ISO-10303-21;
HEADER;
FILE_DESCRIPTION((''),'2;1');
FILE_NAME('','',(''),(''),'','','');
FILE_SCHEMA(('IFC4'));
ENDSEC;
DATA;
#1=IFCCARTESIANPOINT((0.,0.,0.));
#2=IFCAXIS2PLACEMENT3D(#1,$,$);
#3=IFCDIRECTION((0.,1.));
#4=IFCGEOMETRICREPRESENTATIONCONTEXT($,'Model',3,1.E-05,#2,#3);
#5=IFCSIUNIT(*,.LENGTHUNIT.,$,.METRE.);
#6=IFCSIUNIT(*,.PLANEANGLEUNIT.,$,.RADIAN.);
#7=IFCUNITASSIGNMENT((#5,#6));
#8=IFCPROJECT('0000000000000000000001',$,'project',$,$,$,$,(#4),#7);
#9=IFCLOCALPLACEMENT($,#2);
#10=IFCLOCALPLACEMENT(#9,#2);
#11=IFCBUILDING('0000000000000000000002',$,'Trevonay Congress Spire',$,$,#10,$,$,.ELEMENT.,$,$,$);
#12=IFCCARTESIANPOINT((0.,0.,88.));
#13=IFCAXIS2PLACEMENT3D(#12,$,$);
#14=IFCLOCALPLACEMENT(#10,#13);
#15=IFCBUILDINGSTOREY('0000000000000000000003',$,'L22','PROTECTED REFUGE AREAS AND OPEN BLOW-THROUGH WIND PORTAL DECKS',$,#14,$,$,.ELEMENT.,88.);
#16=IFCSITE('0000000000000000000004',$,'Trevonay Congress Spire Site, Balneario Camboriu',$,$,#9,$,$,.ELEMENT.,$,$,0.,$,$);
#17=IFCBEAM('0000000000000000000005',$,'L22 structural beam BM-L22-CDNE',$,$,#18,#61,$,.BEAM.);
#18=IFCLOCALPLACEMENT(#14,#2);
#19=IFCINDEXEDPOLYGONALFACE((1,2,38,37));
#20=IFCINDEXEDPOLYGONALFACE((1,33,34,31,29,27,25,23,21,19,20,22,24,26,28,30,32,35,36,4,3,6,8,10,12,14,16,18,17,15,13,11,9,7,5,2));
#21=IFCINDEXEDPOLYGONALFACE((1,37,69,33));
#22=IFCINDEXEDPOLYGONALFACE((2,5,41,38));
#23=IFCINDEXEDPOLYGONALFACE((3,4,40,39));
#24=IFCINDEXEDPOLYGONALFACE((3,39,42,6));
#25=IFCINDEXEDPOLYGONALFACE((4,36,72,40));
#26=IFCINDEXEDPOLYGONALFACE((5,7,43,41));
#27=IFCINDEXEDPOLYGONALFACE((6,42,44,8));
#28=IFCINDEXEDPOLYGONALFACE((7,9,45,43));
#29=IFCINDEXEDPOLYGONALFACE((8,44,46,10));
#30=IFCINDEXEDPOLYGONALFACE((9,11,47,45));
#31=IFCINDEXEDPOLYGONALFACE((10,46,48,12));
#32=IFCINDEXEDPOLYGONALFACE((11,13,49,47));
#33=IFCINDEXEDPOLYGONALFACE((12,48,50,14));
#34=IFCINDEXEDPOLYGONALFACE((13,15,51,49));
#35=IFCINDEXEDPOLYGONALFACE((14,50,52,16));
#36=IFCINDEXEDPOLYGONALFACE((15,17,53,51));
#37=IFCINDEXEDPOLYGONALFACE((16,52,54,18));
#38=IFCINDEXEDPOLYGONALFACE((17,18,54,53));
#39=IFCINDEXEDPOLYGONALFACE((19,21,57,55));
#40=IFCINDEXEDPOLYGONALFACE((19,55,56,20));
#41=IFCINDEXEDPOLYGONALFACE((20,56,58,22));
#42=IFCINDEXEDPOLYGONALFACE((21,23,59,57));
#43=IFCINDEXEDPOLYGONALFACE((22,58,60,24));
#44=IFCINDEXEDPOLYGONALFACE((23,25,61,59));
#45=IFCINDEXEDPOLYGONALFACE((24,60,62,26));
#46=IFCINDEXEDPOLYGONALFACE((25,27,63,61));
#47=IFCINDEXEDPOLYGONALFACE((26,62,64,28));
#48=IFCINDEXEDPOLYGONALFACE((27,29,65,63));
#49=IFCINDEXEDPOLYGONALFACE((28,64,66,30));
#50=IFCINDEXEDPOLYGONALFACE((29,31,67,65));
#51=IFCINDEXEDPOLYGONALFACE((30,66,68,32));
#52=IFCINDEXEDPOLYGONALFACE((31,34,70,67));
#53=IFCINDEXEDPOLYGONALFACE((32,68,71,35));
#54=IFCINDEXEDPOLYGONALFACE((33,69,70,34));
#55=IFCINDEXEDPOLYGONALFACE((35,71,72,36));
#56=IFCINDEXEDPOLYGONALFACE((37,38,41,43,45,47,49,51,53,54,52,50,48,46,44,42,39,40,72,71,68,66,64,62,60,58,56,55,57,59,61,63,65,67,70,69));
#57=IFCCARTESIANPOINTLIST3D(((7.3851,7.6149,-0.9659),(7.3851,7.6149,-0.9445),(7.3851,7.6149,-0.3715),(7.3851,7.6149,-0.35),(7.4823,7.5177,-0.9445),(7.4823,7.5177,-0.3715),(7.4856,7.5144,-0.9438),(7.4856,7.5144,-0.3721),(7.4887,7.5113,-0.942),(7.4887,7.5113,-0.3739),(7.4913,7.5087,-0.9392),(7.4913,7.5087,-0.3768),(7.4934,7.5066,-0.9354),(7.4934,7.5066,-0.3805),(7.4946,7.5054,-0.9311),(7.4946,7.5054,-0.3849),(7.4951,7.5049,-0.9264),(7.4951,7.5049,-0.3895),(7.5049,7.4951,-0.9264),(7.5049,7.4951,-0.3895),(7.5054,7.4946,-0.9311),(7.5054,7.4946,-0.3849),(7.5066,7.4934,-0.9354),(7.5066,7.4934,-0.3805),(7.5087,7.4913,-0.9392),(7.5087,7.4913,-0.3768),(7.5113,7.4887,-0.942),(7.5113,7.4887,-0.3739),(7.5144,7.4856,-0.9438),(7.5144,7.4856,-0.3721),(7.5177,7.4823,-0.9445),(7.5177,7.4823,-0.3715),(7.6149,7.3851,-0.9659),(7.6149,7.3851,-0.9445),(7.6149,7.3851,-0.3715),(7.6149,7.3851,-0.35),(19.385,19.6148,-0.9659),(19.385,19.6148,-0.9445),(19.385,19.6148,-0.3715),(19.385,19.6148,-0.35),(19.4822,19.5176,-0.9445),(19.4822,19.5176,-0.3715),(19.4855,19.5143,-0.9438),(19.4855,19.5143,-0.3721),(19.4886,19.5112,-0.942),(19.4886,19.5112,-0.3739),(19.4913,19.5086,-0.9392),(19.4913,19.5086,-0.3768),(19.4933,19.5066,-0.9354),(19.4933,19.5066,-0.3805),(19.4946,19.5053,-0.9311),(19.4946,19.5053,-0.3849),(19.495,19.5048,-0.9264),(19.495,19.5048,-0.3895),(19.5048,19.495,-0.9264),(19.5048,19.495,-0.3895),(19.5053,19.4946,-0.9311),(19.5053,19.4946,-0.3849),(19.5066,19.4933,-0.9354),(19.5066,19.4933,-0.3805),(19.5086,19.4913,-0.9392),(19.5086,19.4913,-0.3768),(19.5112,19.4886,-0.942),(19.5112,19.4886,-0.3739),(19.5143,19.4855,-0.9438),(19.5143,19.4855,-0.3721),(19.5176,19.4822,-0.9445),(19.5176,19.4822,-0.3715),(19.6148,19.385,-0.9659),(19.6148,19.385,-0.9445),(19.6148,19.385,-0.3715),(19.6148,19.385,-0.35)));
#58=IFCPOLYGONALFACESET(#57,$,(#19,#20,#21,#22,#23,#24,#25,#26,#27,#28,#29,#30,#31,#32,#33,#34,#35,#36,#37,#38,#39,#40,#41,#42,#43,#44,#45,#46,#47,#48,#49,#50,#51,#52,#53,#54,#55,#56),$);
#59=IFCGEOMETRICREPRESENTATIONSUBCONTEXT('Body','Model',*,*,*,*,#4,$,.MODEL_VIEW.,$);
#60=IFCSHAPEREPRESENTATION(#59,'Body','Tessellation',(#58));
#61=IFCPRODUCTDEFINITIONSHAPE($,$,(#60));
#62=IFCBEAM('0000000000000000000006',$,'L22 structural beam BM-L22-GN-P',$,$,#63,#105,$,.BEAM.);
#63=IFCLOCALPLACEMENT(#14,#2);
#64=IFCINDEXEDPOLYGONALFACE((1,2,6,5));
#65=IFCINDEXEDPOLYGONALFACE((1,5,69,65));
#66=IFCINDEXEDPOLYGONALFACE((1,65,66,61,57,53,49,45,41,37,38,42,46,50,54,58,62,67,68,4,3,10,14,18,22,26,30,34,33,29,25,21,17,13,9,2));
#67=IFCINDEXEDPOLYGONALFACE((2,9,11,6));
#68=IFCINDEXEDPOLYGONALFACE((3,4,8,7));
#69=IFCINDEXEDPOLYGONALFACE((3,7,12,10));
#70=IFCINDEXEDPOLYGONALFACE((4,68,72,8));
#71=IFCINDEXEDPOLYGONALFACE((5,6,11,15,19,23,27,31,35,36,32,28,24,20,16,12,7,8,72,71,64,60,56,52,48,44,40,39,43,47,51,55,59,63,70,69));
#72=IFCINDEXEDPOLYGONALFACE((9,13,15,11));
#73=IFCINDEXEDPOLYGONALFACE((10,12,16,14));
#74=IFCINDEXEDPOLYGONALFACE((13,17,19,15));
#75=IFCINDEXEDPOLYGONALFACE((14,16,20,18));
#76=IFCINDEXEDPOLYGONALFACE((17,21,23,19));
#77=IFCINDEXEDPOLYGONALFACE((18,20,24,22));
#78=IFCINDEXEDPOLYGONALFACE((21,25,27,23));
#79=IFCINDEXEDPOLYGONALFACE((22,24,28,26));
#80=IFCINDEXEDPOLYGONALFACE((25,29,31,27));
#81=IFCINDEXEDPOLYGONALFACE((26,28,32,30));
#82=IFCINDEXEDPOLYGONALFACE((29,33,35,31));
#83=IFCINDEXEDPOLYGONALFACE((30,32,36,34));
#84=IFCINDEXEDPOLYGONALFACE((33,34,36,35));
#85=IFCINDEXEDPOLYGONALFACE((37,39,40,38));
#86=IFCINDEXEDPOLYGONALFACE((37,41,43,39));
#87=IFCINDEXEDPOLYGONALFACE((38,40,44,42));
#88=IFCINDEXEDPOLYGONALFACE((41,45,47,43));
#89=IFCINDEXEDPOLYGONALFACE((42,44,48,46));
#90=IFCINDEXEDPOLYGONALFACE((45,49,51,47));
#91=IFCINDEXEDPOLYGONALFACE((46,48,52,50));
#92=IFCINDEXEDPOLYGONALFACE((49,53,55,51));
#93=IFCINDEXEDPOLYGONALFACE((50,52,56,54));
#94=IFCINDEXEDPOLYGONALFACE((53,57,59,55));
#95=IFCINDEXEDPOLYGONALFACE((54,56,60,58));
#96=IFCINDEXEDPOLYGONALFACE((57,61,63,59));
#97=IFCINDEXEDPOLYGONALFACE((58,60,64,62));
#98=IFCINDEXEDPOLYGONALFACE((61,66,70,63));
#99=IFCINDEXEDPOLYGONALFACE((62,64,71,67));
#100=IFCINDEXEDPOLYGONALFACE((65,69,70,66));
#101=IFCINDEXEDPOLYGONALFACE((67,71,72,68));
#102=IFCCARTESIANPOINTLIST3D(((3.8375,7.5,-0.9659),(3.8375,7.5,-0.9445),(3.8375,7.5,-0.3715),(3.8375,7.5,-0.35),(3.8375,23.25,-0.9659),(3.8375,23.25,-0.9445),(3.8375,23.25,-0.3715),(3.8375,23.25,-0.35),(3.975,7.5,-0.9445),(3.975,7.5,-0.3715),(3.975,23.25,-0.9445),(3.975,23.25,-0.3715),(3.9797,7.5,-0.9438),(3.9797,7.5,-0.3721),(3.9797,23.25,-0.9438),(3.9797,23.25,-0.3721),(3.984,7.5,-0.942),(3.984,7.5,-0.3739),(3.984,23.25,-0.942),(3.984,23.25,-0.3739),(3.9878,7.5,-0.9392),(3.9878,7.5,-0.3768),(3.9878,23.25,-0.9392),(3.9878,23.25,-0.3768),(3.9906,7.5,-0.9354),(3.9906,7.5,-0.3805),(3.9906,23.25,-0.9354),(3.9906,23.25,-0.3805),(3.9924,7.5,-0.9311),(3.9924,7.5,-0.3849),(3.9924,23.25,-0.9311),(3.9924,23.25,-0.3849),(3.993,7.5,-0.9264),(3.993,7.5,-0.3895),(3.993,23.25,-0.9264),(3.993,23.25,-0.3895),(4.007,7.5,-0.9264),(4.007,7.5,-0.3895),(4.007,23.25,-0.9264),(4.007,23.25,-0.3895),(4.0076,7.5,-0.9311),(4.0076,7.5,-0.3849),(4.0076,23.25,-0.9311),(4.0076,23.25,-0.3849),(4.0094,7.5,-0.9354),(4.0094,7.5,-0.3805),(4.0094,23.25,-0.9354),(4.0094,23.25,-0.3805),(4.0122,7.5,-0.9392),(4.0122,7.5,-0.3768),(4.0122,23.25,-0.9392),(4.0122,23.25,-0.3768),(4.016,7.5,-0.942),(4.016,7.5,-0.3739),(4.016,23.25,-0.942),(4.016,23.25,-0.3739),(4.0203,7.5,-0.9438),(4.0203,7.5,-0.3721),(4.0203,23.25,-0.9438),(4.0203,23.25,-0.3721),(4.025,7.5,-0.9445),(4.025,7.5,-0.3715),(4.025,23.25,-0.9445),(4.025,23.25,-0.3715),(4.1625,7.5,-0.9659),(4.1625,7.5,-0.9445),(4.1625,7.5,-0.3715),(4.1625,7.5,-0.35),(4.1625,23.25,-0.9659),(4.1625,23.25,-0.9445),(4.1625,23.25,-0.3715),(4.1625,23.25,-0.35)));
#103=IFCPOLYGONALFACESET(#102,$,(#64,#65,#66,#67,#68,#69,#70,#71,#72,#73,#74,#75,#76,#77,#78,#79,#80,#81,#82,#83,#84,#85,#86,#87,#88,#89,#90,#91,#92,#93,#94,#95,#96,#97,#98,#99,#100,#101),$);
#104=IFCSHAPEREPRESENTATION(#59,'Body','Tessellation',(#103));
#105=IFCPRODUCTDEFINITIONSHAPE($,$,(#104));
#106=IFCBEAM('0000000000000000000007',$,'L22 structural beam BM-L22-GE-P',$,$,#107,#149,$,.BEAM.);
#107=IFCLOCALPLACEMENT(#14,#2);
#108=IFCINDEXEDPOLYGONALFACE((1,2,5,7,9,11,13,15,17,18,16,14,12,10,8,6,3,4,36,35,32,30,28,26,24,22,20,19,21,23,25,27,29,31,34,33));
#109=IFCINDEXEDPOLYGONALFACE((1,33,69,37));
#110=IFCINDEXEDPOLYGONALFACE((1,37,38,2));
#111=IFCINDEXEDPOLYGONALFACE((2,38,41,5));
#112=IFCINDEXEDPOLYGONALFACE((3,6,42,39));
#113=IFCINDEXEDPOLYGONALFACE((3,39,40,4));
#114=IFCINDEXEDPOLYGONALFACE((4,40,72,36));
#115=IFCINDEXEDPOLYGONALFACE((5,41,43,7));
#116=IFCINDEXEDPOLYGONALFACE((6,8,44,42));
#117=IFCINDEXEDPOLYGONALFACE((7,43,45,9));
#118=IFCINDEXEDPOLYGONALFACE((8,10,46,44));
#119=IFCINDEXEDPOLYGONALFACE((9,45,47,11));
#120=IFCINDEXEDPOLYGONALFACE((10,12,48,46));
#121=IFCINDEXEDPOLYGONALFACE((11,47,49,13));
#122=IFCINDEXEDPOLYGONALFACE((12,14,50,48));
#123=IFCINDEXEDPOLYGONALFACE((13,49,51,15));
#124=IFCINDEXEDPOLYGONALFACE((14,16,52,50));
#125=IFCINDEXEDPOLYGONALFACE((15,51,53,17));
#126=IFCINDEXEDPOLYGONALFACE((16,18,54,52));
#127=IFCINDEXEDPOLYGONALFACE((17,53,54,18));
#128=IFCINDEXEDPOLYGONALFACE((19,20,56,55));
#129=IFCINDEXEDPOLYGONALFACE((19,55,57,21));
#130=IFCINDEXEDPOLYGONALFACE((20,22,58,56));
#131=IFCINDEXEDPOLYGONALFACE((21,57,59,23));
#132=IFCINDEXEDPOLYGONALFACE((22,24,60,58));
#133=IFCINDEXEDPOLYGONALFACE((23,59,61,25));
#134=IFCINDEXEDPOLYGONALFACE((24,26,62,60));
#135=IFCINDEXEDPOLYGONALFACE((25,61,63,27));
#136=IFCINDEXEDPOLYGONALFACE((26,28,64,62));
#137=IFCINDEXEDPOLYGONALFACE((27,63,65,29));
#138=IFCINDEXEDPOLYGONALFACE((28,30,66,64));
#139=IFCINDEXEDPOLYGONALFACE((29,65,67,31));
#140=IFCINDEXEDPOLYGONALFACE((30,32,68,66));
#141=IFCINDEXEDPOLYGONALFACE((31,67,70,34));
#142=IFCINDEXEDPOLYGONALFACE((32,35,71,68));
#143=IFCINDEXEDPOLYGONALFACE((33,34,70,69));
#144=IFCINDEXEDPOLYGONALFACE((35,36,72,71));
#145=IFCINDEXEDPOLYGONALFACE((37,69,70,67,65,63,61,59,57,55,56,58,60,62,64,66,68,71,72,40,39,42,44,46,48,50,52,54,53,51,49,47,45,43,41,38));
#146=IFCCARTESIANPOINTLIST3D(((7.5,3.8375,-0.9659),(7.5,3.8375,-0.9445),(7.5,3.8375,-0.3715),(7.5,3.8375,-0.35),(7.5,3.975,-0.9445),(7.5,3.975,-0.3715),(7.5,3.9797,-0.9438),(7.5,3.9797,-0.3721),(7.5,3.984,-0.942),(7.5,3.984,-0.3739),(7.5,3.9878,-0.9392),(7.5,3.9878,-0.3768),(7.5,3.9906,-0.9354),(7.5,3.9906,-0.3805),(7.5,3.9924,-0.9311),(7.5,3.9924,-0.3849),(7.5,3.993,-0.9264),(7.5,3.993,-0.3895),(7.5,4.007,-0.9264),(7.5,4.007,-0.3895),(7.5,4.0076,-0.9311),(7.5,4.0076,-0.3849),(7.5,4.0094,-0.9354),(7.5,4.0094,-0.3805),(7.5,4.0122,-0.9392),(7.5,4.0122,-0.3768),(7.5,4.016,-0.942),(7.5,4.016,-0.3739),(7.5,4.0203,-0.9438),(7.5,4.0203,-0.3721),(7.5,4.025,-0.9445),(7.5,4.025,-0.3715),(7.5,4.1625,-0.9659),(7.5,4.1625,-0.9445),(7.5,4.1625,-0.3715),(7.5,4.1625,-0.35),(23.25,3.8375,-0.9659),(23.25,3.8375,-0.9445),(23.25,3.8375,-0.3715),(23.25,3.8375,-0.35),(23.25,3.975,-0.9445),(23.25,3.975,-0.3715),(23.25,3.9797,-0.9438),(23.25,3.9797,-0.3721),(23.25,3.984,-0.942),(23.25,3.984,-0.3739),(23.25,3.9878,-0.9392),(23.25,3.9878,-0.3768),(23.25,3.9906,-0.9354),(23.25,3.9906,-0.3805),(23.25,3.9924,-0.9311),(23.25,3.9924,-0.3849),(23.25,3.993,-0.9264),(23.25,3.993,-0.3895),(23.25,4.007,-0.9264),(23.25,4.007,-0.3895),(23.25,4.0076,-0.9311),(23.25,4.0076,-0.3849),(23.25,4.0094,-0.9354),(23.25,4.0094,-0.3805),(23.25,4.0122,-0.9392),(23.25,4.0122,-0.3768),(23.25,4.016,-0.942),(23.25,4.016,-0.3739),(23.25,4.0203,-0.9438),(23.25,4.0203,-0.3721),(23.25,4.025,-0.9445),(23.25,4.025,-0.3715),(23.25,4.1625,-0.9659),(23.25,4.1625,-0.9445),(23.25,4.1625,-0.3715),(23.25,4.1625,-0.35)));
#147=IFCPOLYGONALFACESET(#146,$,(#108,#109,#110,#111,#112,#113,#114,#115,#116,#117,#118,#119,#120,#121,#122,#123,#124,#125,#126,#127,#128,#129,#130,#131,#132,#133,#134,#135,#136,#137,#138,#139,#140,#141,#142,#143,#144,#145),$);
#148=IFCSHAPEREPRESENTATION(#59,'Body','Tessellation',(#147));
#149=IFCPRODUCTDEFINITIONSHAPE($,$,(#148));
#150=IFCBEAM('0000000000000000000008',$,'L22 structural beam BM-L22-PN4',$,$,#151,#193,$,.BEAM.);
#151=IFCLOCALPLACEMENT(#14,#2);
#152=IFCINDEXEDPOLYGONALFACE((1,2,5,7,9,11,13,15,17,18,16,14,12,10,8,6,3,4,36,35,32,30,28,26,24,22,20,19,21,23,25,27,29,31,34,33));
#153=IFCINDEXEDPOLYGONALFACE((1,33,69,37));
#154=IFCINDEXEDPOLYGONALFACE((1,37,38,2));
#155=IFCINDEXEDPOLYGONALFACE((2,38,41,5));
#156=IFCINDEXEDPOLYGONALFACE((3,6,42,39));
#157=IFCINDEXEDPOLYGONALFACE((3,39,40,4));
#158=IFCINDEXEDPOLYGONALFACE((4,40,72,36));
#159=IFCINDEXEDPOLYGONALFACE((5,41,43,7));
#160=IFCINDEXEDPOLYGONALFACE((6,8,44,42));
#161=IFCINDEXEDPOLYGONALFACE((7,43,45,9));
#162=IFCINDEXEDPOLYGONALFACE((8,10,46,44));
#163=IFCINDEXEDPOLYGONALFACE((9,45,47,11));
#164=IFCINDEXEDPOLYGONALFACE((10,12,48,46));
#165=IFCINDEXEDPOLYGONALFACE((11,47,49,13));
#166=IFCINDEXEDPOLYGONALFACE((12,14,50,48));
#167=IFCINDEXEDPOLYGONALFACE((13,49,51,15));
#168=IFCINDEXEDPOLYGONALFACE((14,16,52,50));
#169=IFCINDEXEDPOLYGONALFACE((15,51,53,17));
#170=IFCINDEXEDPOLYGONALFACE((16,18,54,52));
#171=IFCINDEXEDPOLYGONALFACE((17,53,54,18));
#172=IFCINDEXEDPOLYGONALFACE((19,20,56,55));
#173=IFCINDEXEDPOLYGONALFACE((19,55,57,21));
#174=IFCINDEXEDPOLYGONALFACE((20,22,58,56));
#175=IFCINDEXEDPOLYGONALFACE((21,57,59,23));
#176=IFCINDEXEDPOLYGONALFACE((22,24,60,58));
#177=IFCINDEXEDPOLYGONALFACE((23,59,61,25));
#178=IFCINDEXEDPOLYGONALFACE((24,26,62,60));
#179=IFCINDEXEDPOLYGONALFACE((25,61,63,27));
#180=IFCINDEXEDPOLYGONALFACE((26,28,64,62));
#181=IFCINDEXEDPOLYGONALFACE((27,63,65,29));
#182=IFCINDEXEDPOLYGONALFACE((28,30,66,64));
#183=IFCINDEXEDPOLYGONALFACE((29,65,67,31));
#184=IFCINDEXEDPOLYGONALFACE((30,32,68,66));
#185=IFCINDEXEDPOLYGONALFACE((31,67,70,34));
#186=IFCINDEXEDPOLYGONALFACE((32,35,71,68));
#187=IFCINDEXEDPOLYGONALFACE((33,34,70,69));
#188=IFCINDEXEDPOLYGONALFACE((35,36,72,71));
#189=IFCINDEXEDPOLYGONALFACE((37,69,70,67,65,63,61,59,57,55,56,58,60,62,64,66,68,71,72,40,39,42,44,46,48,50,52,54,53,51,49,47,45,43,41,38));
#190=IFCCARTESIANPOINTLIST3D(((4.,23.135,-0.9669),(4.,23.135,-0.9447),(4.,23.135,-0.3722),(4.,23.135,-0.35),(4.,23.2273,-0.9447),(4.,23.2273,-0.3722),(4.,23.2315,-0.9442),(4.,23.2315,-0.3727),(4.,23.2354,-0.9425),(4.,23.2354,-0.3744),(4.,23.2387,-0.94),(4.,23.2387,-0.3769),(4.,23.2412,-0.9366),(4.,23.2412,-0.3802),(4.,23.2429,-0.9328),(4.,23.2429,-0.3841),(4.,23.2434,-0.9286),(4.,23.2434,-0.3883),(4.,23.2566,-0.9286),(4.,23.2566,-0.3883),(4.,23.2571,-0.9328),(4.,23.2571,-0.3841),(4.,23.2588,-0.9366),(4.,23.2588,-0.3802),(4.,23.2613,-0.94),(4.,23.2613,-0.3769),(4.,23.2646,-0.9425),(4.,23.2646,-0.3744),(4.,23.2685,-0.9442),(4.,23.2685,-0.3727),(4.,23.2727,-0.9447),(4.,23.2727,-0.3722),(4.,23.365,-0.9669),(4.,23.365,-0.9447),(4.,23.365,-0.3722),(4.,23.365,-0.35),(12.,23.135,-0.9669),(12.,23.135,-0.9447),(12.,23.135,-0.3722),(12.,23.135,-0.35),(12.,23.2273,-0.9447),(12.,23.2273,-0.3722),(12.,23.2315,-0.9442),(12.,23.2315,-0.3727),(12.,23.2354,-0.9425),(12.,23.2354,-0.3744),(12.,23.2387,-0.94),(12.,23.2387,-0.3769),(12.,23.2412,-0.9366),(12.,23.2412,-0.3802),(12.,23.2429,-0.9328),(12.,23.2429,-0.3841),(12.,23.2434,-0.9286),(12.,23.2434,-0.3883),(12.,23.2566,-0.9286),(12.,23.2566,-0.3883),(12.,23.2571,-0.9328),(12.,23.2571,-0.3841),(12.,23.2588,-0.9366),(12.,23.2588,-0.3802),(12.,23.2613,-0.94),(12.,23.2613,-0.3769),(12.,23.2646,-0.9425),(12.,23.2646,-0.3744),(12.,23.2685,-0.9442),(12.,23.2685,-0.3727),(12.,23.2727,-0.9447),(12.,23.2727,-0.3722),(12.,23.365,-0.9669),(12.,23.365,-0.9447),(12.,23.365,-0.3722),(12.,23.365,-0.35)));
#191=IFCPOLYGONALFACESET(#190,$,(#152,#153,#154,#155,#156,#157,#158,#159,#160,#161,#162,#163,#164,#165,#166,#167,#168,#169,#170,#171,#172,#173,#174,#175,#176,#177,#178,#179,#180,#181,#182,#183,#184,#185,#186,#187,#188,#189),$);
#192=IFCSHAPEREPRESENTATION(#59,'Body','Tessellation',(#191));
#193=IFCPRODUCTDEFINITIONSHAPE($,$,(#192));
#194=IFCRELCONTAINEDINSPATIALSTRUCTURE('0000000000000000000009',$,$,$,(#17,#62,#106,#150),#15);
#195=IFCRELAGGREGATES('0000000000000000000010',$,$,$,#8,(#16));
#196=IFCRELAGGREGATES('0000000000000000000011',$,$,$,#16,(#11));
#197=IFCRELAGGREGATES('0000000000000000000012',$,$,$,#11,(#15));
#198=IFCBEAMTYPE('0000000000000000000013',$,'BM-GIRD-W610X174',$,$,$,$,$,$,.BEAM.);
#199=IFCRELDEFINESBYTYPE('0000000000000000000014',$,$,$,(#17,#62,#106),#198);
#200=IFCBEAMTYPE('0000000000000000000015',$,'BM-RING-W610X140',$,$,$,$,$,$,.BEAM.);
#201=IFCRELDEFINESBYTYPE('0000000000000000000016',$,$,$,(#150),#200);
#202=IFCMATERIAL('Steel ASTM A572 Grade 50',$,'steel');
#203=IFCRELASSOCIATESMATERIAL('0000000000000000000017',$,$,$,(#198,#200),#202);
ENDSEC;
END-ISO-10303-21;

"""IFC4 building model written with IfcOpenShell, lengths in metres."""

from ifc_helpers import new_model, si_unit, direction, frame, origin, origin_2d, place, context, subcontext, project, spatial, i_section, extrude, material, material_profile, profile_set, type_object, element, save


model = new_model("IFC4")

# Units and contexts
model_context = context("Model", 3, precision=1e-05, world=origin(), true_north=direction((0.0, 1.0)))
body_context = subcontext(model_context, "Body", "Model", "MODEL_VIEW")
ifc_project = project(units=[si_unit("LENGTHUNIT", "METRE"), si_unit("PLANEANGLEUNIT", "RADIAN")], contexts=[model_context])

# Site, building, storey
site_placement = place(None, origin())
site = spatial("IfcSite", under=ifc_project, at=site_placement, Name="Trevonay Congress Spire Site, Balneario Camboriu", CompositionType="ELEMENT", RefElevation=0.0)
building_placement = place(site_placement, origin())
building = spatial("IfcBuilding", under=site, at=building_placement, Name="Trevonay Congress Spire", CompositionType="ELEMENT")
storey_placement = place(building_placement, frame((0.0, 0.0, 88.0)))
storey = spatial("IfcBuildingStorey", under=building, at=storey_placement, Name="L22", Description="PROTECTED REFUGE AREAS AND OPEN BLOW-THROUGH WIND PORTAL DECKS", CompositionType="ELEMENT", Elevation=88.0)

# Shared definitions
ifc_material_1 = material(Name="Steel ASTM A572 Grade 50", Category="steel")

# Beams
ifc_material_profile_1 = material_profile(ifc_material_1, i_section(OverallWidth=0.325, OverallDepth=0.616, WebThickness=0.0139, FlangeThickness=0.0215, FilletRadius=0.0181, at=origin_2d()), Name="W610x174")
ifc_profile_set_1 = profile_set([ifc_material_profile_1], Name="Steel ASTM A572 Grade 50")
beam_type_1 = type_object("IfcBeamType", Name="BM-GIRD-W610X174", PredefinedType="BEAM", material=ifc_profile_set_1)
beam_1_placement = place(storey_placement, frame((7.5, 7.5, -0.658), z_axis=(0.707107, 0.707107, 0.0), x_axis=(-0.707107, 0.707107, 0.0)))
element("IfcBeam", 1, at=beam_1_placement, inside=storey, type_object=beam_type_1, Name="L22 structural beam BM-L22-CDNE", PredefinedType="BEAM", context=body_context, shape_type="SweptSolid", body=[
    extrude(i_section(OverallWidth=0.325, OverallDepth=0.616, WebThickness=0.0139, FlangeThickness=0.0215, FilletRadius=0.0181, at=origin_2d()), origin(), (0.0, 0.0, 1.0), 16.9705),
])
for number, where, z_axis, x_axis, name in (
    (2, (4.0, 7.5, -0.658), (0.0, 1.0, 0.0), (-1.0, 0.0, 0.0), "L22 structural beam BM-L22-GN-P"),
    (3, (7.5, 4.0, -0.658), (1.0, 0.0, 0.0), (0.0, 1.0, 0.0), "L22 structural beam BM-L22-GE-P"),
):
    element("IfcBeam", number, at=place(storey_placement, frame(where, z_axis=z_axis, x_axis=x_axis)), inside=storey, type_object=beam_type_1, Name=name, PredefinedType="BEAM", context=body_context, shape_type="SweptSolid", body=[
        extrude(i_section(OverallWidth=0.325, OverallDepth=0.616, WebThickness=0.0139, FlangeThickness=0.0215, FilletRadius=0.0181, at=origin_2d()), origin(), (0.0, 0.0, 1.0), 15.75),
    ])
ifc_material_profile_2 = material_profile(ifc_material_1, i_section(OverallWidth=0.23, OverallDepth=0.6169, WebThickness=0.0132, FlangeThickness=0.0222, FilletRadius=0.0161, at=origin_2d()), Name="W610x140")
ifc_profile_set_2 = profile_set([ifc_material_profile_2], Name="Steel ASTM A572 Grade 50")
beam_type_2 = type_object("IfcBeamType", Name="BM-RING-W610X140", PredefinedType="BEAM", material=ifc_profile_set_2)
beam_2_placement = place(storey_placement, frame((4.0, 23.25, -0.6584), z_axis=(1.0, 0.0, 0.0), x_axis=(0.0, 1.0, 0.0)))
element("IfcBeam", 4, at=beam_2_placement, inside=storey, type_object=beam_type_2, Name="L22 structural beam BM-L22-PN4", PredefinedType="BEAM", context=body_context, shape_type="SweptSolid", body=[
    extrude(i_section(OverallWidth=0.23, OverallDepth=0.6169, WebThickness=0.0132, FlangeThickness=0.0222, FilletRadius=0.0161, at=origin_2d()), origin(), (0.0, 0.0, 1.0), 8.0),
])

save(model, "model.ifc")
